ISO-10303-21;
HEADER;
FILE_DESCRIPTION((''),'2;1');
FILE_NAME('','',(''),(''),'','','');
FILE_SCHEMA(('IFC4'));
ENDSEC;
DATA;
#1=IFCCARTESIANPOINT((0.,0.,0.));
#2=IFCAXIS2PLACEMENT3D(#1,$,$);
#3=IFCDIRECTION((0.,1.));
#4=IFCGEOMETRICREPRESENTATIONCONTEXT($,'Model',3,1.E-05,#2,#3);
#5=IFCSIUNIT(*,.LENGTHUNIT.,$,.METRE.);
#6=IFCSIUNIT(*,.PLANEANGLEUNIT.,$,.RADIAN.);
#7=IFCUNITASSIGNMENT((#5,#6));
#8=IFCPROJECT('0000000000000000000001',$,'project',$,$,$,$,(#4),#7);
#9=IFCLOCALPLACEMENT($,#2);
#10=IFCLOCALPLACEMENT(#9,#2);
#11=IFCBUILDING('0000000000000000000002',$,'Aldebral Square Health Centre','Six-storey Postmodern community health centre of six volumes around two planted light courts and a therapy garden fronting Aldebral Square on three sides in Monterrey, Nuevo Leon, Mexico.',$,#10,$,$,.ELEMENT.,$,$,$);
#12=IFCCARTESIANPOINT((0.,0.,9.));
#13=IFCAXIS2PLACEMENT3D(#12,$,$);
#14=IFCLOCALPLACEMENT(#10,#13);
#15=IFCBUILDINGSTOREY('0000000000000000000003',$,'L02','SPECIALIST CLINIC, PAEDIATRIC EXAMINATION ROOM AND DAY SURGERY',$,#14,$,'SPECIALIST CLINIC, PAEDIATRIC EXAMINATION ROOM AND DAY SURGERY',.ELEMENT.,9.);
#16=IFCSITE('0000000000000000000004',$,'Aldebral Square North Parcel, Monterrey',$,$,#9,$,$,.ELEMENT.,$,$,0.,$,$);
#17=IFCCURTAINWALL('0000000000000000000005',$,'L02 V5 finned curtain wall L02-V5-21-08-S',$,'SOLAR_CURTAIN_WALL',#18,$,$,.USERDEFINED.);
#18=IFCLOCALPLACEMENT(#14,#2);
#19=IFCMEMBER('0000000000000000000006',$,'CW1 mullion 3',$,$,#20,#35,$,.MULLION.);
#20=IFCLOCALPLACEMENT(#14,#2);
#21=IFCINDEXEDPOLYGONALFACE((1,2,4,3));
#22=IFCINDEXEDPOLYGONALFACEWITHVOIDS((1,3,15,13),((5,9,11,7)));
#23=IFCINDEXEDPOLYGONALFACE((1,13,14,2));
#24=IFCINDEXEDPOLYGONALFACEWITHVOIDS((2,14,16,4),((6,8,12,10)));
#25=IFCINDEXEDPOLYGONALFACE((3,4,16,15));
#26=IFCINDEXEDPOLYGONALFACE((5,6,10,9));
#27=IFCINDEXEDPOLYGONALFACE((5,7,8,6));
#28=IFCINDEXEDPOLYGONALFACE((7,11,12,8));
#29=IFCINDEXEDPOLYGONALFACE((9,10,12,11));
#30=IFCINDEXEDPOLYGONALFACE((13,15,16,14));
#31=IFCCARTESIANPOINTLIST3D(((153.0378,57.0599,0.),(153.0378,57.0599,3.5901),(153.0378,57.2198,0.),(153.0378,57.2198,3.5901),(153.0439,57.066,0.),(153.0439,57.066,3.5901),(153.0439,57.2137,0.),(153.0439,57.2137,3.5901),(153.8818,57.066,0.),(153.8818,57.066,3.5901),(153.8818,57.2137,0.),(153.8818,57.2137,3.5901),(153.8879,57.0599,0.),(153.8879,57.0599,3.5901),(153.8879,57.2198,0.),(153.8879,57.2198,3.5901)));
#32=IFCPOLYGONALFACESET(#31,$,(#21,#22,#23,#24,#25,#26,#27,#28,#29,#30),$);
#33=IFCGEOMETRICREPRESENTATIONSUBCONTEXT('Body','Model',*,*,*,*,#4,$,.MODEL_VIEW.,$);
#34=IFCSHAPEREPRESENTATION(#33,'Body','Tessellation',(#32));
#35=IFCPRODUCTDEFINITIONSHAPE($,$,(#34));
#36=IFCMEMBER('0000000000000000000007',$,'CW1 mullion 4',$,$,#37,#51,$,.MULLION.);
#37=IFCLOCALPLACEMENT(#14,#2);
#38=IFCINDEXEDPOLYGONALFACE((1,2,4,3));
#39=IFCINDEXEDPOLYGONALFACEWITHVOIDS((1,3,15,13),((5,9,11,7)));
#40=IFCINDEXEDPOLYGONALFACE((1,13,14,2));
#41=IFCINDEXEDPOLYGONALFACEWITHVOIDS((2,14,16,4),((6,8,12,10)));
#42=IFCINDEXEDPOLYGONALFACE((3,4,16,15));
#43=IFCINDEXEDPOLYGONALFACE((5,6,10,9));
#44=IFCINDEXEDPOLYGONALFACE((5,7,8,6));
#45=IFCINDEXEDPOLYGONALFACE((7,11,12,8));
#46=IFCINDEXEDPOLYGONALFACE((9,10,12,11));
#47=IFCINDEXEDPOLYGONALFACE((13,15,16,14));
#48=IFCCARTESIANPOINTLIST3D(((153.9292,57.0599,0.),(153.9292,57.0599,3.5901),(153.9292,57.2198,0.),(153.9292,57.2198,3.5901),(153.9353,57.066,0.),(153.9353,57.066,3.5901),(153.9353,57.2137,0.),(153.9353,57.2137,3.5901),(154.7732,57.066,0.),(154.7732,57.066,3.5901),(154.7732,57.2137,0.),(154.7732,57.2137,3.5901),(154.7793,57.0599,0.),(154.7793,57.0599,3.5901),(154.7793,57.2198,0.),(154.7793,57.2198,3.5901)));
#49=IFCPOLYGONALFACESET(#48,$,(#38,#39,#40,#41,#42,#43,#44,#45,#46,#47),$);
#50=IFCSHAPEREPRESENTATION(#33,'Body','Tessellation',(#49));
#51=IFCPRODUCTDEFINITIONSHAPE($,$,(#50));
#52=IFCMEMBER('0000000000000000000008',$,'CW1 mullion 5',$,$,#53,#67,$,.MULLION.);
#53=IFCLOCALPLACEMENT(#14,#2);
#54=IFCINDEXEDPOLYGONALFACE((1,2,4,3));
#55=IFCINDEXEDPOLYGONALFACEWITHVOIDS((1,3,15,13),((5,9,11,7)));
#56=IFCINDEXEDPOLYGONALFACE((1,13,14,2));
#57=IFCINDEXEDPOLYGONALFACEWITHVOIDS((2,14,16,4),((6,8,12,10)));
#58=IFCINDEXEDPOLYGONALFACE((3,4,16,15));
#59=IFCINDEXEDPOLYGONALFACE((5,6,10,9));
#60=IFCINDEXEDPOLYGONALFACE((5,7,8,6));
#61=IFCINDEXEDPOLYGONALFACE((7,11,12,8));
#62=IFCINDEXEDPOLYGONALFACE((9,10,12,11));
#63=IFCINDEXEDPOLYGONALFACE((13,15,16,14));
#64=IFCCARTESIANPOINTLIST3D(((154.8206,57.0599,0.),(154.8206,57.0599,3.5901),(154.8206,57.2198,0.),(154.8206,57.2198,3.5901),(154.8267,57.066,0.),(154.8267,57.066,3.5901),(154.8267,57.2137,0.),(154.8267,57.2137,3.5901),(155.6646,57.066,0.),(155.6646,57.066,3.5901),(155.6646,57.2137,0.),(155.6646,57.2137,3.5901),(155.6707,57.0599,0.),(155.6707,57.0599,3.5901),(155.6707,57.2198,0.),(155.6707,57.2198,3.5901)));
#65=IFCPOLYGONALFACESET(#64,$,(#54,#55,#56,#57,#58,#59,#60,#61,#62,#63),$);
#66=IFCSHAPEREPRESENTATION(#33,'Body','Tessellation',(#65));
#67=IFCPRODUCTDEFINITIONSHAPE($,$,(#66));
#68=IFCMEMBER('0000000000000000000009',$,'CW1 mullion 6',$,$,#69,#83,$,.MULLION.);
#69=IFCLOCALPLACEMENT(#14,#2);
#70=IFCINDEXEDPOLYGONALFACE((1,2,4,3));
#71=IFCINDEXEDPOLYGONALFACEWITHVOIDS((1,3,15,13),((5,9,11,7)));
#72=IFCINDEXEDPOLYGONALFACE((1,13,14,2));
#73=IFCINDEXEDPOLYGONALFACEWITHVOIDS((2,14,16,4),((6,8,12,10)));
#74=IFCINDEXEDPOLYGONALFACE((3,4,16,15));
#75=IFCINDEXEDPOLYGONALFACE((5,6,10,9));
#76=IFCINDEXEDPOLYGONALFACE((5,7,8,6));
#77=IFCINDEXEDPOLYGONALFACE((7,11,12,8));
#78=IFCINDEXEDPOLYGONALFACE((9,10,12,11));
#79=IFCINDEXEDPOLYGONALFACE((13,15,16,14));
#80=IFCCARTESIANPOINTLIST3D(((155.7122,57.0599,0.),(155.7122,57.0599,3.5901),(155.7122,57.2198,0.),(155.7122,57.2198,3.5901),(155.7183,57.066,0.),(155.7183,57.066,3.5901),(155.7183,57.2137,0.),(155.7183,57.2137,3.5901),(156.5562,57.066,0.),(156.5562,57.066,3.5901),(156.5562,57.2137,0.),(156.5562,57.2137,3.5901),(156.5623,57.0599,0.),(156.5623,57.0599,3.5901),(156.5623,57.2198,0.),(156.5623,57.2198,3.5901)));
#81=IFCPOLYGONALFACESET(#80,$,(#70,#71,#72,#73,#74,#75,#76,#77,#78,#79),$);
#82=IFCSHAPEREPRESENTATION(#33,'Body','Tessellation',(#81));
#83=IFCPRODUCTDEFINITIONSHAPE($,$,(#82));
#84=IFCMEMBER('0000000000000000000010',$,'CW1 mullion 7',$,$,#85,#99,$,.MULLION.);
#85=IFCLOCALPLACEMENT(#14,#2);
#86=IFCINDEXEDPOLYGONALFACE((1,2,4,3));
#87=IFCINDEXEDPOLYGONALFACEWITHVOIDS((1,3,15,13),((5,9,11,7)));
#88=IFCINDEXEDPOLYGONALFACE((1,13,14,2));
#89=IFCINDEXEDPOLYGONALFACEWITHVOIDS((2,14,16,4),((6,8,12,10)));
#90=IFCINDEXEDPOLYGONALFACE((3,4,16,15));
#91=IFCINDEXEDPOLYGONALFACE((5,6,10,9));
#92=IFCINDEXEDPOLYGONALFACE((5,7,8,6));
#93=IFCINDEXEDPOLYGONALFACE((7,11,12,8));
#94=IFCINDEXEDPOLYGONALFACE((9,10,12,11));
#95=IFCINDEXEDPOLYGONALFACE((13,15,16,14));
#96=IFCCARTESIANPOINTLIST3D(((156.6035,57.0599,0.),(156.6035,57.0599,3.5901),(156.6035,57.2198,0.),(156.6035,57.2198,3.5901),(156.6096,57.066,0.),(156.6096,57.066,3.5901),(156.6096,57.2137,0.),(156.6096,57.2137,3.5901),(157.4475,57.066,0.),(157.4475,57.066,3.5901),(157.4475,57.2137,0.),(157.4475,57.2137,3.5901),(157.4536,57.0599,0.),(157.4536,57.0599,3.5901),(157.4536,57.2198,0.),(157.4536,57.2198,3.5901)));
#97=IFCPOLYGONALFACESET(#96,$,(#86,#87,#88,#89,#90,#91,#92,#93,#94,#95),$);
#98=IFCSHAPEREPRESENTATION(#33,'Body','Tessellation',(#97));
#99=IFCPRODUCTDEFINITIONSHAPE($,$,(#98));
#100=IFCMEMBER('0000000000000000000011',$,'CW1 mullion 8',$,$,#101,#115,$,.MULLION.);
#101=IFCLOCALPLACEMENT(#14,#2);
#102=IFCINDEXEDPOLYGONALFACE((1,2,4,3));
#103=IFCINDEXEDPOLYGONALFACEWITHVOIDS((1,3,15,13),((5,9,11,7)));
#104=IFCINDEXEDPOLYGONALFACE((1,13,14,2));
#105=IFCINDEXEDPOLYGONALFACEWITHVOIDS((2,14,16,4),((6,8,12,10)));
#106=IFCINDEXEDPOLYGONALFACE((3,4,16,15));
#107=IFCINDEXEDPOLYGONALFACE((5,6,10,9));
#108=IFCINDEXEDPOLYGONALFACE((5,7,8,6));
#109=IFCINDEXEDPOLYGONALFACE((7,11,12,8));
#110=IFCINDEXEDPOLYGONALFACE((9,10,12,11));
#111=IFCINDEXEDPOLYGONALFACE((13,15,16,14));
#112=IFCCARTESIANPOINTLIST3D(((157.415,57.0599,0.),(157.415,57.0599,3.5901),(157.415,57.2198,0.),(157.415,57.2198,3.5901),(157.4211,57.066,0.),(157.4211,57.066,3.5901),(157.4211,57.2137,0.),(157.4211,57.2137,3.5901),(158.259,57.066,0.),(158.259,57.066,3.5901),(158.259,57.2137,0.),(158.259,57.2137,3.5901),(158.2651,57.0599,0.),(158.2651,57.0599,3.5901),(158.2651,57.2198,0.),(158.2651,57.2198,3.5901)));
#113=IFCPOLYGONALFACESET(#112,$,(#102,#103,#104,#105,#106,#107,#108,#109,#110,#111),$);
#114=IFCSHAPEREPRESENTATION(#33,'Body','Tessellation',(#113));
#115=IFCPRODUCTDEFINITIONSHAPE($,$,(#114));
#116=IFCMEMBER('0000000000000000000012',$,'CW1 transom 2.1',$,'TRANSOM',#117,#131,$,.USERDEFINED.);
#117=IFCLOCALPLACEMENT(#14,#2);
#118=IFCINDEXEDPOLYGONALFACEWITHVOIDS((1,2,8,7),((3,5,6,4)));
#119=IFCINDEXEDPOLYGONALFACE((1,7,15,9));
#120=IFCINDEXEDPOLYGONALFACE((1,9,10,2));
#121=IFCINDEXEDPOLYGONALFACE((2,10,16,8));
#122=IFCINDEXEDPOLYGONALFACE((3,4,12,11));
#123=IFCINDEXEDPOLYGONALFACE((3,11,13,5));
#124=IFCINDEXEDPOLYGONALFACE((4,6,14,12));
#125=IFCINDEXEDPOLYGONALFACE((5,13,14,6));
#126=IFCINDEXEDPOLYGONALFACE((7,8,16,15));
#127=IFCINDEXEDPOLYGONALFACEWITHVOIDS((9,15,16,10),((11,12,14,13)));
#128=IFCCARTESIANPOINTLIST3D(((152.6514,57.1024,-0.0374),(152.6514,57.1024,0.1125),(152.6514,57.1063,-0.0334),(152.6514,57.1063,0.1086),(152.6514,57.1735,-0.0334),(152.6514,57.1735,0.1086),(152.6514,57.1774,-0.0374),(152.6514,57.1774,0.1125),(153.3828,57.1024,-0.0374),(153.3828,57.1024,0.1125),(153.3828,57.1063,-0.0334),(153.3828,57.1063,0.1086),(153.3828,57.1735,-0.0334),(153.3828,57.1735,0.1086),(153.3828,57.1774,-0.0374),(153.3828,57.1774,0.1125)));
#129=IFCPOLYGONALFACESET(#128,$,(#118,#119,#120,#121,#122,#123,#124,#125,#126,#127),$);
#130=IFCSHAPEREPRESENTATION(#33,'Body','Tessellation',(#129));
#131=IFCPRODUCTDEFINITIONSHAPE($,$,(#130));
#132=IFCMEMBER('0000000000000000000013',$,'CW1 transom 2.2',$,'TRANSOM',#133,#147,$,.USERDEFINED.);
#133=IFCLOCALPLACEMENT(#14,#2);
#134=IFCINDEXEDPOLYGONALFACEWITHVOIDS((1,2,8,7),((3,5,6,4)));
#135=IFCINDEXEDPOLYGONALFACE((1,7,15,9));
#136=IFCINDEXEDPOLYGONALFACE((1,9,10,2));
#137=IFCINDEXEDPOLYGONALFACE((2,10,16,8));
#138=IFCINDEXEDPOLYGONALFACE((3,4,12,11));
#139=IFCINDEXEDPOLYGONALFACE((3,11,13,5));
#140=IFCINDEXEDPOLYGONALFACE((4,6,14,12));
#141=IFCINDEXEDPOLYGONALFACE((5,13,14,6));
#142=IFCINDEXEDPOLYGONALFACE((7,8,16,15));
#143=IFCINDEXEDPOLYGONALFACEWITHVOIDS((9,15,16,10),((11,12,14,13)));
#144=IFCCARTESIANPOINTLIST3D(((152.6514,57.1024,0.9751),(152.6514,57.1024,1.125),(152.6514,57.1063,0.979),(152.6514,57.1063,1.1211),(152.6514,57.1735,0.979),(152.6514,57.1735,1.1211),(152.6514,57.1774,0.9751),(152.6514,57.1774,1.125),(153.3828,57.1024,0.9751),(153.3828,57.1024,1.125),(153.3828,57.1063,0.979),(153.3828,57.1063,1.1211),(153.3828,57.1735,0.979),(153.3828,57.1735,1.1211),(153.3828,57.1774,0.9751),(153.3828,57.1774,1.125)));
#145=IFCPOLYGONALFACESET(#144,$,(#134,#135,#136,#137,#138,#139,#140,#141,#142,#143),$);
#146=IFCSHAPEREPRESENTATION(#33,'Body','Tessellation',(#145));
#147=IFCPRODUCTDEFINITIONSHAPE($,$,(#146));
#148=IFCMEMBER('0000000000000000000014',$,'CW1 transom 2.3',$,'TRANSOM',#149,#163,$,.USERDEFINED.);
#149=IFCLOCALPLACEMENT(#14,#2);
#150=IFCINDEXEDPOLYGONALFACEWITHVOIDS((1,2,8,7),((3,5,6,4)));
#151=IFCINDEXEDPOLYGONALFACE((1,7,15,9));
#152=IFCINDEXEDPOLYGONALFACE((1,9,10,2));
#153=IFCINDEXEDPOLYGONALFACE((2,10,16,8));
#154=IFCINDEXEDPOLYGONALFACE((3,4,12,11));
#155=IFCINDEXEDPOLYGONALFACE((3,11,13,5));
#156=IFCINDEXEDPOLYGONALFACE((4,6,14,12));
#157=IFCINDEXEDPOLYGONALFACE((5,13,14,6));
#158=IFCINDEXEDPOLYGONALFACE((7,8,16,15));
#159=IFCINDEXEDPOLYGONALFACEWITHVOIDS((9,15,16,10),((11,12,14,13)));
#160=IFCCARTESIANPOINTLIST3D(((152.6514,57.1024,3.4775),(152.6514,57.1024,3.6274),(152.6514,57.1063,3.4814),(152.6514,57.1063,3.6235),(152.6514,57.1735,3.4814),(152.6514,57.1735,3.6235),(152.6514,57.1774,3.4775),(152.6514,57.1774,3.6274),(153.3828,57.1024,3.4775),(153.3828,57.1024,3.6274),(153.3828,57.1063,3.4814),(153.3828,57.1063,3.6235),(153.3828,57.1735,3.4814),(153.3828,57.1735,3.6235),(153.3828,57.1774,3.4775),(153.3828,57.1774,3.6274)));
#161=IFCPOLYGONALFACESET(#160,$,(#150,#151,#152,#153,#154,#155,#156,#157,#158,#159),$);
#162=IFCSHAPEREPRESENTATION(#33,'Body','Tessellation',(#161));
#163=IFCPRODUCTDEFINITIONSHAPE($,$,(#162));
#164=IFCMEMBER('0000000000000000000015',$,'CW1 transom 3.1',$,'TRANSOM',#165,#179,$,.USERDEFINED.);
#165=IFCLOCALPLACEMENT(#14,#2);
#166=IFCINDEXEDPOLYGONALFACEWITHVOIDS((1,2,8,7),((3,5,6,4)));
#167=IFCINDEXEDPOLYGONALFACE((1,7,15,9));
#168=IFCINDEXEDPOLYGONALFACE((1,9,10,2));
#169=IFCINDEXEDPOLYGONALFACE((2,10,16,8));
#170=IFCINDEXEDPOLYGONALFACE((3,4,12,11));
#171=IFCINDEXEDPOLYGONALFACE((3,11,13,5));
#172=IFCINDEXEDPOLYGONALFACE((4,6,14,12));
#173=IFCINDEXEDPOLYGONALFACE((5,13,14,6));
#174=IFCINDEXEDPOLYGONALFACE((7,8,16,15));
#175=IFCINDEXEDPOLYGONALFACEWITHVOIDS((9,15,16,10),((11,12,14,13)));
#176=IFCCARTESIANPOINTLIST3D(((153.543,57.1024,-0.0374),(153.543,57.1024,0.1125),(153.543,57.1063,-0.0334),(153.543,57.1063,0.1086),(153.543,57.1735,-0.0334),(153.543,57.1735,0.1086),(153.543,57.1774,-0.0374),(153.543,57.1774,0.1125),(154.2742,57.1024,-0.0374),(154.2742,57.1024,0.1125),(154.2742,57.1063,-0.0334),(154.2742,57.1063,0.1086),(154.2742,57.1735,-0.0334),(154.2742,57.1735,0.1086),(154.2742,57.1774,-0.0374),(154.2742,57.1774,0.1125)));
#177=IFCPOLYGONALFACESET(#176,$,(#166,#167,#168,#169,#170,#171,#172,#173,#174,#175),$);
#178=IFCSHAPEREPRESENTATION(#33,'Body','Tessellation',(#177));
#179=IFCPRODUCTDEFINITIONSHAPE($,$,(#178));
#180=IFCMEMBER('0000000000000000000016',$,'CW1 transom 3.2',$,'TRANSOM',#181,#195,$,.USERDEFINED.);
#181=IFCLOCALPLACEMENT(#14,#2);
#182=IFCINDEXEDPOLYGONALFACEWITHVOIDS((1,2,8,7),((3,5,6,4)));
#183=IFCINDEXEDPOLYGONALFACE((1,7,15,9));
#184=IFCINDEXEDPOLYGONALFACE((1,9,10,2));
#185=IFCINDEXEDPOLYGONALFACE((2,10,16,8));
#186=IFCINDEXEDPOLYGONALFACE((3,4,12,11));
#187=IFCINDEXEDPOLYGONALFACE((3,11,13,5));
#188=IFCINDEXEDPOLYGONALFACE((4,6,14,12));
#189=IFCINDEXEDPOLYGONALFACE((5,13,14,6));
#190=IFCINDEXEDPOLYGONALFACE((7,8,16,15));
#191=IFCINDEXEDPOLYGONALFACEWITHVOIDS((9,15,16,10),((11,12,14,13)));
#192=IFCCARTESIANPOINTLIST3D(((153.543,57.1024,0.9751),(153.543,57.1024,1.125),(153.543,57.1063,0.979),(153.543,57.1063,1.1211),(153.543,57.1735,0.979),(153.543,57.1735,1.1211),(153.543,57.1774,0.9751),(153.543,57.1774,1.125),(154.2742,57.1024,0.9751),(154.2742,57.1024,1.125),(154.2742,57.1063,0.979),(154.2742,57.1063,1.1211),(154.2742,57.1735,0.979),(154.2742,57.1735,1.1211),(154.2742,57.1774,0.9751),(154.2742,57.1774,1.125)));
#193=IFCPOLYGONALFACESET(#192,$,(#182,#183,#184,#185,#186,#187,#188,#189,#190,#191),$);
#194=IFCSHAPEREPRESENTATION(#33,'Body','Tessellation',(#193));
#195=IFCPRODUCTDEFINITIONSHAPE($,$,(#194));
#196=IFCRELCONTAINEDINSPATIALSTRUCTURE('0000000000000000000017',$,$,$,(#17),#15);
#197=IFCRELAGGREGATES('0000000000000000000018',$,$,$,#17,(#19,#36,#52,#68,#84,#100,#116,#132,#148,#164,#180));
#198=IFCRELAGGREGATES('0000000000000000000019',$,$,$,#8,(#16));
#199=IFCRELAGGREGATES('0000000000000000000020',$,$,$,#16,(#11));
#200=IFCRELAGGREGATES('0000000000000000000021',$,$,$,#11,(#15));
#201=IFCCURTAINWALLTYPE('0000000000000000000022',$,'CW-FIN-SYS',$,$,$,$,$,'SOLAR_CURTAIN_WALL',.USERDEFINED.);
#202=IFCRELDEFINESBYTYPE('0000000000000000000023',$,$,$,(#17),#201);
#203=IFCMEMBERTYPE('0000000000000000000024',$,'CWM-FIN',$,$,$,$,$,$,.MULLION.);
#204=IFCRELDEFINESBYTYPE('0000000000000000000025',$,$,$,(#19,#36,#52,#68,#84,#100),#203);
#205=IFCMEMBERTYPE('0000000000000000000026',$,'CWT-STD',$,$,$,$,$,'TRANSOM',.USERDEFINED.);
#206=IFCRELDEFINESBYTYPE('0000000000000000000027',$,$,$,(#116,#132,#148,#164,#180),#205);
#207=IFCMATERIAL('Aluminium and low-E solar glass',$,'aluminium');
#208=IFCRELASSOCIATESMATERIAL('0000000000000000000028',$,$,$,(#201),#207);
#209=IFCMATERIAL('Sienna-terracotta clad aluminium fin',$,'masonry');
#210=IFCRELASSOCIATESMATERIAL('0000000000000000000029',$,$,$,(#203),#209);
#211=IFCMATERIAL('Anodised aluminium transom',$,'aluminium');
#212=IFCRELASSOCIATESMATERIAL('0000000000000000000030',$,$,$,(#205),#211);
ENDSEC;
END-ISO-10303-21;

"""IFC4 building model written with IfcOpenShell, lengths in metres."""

from ifc_helpers import new_model, si_unit, direction, frame, origin, origin_2d, place, context, subcontext, project, spatial, hollow_rectangle, extrude, material, material_profile, profile_set, type_object, element, aggregate, save


model = new_model("IFC4")

# Units and contexts
model_context = context("Model", 3, precision=1e-05, world=origin(), true_north=direction((0.0, 1.0)))
body_context = subcontext(model_context, "Body", "Model", "MODEL_VIEW")
ifc_project = project(units=[si_unit("LENGTHUNIT", "METRE"), si_unit("PLANEANGLEUNIT", "RADIAN")], contexts=[model_context])

# Site, building, storey
site_placement = place(None, origin())
site = spatial("IfcSite", under=ifc_project, at=site_placement, Name="Aldebral Square North Parcel, Monterrey", CompositionType="ELEMENT", RefElevation=0.0)
building_placement = place(site_placement, origin())
building = spatial("IfcBuilding", under=site, at=building_placement, Name="Aldebral Square Health Centre", Description="Six-storey Postmodern community health centre of six volumes around two planted light courts and a therapy garden fronting Aldebral Square on three sides in Monterrey, Nuevo Leon, Mexico.", CompositionType="ELEMENT")
storey_placement = place(building_placement, frame((0.0, 0.0, 9.0)))
storey = spatial("IfcBuildingStorey", under=building, at=storey_placement, Name="L02", Description="SPECIALIST CLINIC, PAEDIATRIC EXAMINATION ROOM AND DAY SURGERY", LongName="SPECIALIST CLINIC, PAEDIATRIC EXAMINATION ROOM AND DAY SURGERY", CompositionType="ELEMENT", Elevation=9.0)

# Curtain wall, members
ifc_material_1 = material(Name="Aluminium and low-E solar glass", Category="aluminium")
curtain_wall_type = type_object("IfcCurtainWallType", Name="CW-FIN-SYS", ElementType="SOLAR_CURTAIN_WALL", PredefinedType="USERDEFINED", material=ifc_material_1)
curtain_wall_placement = place(storey_placement, origin())
curtain_wall = element("IfcCurtainWall", 1, at=curtain_wall_placement, inside=storey, type_object=curtain_wall_type, Name="L02 V5 finned curtain wall L02-V5-21-08-S", ObjectType="SOLAR_CURTAIN_WALL", PredefinedType="USERDEFINED")
ifc_material_2 = material(Name="Sienna-terracotta clad aluminium fin", Category="masonry")
ifc_material_profile_1 = material_profile(ifc_material_2, hollow_rectangle(XDim=0.1599, YDim=0.8501, WallThickness=0.0061, at=origin_2d()), Name="FIN 160x850x6")
ifc_profile_set_1 = profile_set([ifc_material_profile_1], Name="Sienna-terracotta clad aluminium fin")
member_type_1 = type_object("IfcMemberType", Name="CWM-FIN", PredefinedType="MULLION", material=ifc_profile_set_1)
member_1_placement = place(storey_placement, frame((153.4629, 57.1399, 0.0), z_axis=(0.0, 0.0, 1.0), x_axis=(0.0, 1.0, 0.0)))
member_1 = element("IfcMember", 2, at=member_1_placement, type_object=member_type_1, Name="CW1 mullion 3", PredefinedType="MULLION", context=body_context, shape_type="SweptSolid", body=[
    extrude(hollow_rectangle(XDim=0.1599, YDim=0.8501, WallThickness=0.0061, at=origin_2d()), origin(), (0.0, 0.0, 1.0), 3.5901),
])
member_2_placement = place(storey_placement, frame((154.3542, 57.1399, 0.0), z_axis=(0.0, 0.0, 1.0), x_axis=(0.0, 1.0, 0.0)))
member_2 = element("IfcMember", 3, at=member_2_placement, type_object=member_type_1, Name="CW1 mullion 4", PredefinedType="MULLION", context=body_context, shape_type="SweptSolid", body=[
    extrude(hollow_rectangle(XDim=0.1599, YDim=0.8501, WallThickness=0.0061, at=origin_2d()), origin(), (0.0, 0.0, 1.0), 3.5901),
])
member_3_placement = place(storey_placement, frame((155.2456, 57.1399, 0.0), z_axis=(0.0, 0.0, 1.0), x_axis=(0.0, 1.0, 0.0)))
member_3 = element("IfcMember", 4, at=member_3_placement, type_object=member_type_1, Name="CW1 mullion 5", PredefinedType="MULLION", context=body_context, shape_type="SweptSolid", body=[
    extrude(hollow_rectangle(XDim=0.1599, YDim=0.8501, WallThickness=0.0061, at=origin_2d()), origin(), (0.0, 0.0, 1.0), 3.5901),
])
member_4_placement = place(storey_placement, frame((156.1372, 57.1399, 0.0), z_axis=(0.0, 0.0, 1.0), x_axis=(0.0, 1.0, 0.0)))
member_4 = element("IfcMember", 5, at=member_4_placement, type_object=member_type_1, Name="CW1 mullion 6", PredefinedType="MULLION", context=body_context, shape_type="SweptSolid", body=[
    extrude(hollow_rectangle(XDim=0.1599, YDim=0.8501, WallThickness=0.0061, at=origin_2d()), origin(), (0.0, 0.0, 1.0), 3.5901),
])
member_5_placement = place(storey_placement, frame((157.0286, 57.1399, 0.0), z_axis=(0.0, 0.0, 1.0), x_axis=(0.0, 1.0, 0.0)))
member_5 = element("IfcMember", 6, at=member_5_placement, type_object=member_type_1, Name="CW1 mullion 7", PredefinedType="MULLION", context=body_context, shape_type="SweptSolid", body=[
    extrude(hollow_rectangle(XDim=0.1599, YDim=0.8501, WallThickness=0.0061, at=origin_2d()), origin(), (0.0, 0.0, 1.0), 3.5901),
])
member_6_placement = place(storey_placement, frame((157.8401, 57.1399, 0.0), z_axis=(0.0, 0.0, 1.0), x_axis=(0.0, 1.0, 0.0)))
member_6 = element("IfcMember", 7, at=member_6_placement, type_object=member_type_1, Name="CW1 mullion 8", PredefinedType="MULLION", context=body_context, shape_type="SweptSolid", body=[
    extrude(hollow_rectangle(XDim=0.1599, YDim=0.8501, WallThickness=0.0061, at=origin_2d()), origin(), (0.0, 0.0, 1.0), 3.5901),
])
ifc_material_3 = material(Name="Anodised aluminium transom", Category="aluminium")
ifc_material_profile_2 = material_profile(ifc_material_3, hollow_rectangle(XDim=0.075, YDim=0.1499, WallThickness=0.0039, at=origin_2d()), Name="CWT 75x150x4")
ifc_profile_set_2 = profile_set([ifc_material_profile_2], Name="Anodised aluminium transom")
member_type_2 = type_object("IfcMemberType", Name="CWT-STD", ElementType="TRANSOM", PredefinedType="USERDEFINED", material=ifc_profile_set_2)
member_7_placement = place(storey_placement, frame((152.6514, 57.1399, 0.0376), z_axis=(1.0, 0.0, 0.0), x_axis=(0.0, 1.0, 0.0)))
member_7 = element("IfcMember", 8, at=member_7_placement, type_object=member_type_2, Name="CW1 transom 2.1", ObjectType="TRANSOM", PredefinedType="USERDEFINED", context=body_context, shape_type="SweptSolid", body=[
    extrude(hollow_rectangle(XDim=0.075, YDim=0.1499, WallThickness=0.0039, at=origin_2d()), origin(), (0.0, 0.0, 1.0), 0.7314),
])
member_8_placement = place(storey_placement, frame((152.6514, 57.1399, 1.05), z_axis=(1.0, 0.0, 0.0), x_axis=(0.0, 1.0, 0.0)))
member_8 = element("IfcMember", 9, at=member_8_placement, type_object=member_type_2, Name="CW1 transom 2.2", ObjectType="TRANSOM", PredefinedType="USERDEFINED", context=body_context, shape_type="SweptSolid", body=[
    extrude(hollow_rectangle(XDim=0.075, YDim=0.1499, WallThickness=0.0039, at=origin_2d()), origin(), (0.0, 0.0, 1.0), 0.7314),
])
member_9_placement = place(storey_placement, frame((152.6514, 57.1399, 3.5525), z_axis=(1.0, 0.0, 0.0), x_axis=(0.0, 1.0, 0.0)))
member_9 = element("IfcMember", 10, at=member_9_placement, type_object=member_type_2, Name="CW1 transom 2.3", ObjectType="TRANSOM", PredefinedType="USERDEFINED", context=body_context, shape_type="SweptSolid", body=[
    extrude(hollow_rectangle(XDim=0.075, YDim=0.1499, WallThickness=0.0039, at=origin_2d()), origin(), (0.0, 0.0, 1.0), 0.7314),
])
member_10_placement = place(storey_placement, frame((153.543, 57.1399, 0.0376), z_axis=(1.0, 0.0, 0.0), x_axis=(0.0, 1.0, 0.0)))
member_10 = element("IfcMember", 11, at=member_10_placement, type_object=member_type_2, Name="CW1 transom 3.1", ObjectType="TRANSOM", PredefinedType="USERDEFINED", context=body_context, shape_type="SweptSolid", body=[
    extrude(hollow_rectangle(XDim=0.075, YDim=0.1499, WallThickness=0.0039, at=origin_2d()), origin(), (0.0, 0.0, 1.0), 0.7312),
])
member_11_placement = place(storey_placement, frame((153.543, 57.1399, 1.05), z_axis=(1.0, 0.0, 0.0), x_axis=(0.0, 1.0, 0.0)))
member_11 = element("IfcMember", 12, at=member_11_placement, type_object=member_type_2, Name="CW1 transom 3.2", ObjectType="TRANSOM", PredefinedType="USERDEFINED", context=body_context, shape_type="SweptSolid", body=[
    extrude(hollow_rectangle(XDim=0.075, YDim=0.1499, WallThickness=0.0039, at=origin_2d()), origin(), (0.0, 0.0, 1.0), 0.7312),
])
aggregate(curtain_wall, [member_1, member_2, member_3, member_4, member_5, member_6, member_7, member_8, member_9, member_10, member_11])

save(model, "model.ifc")
